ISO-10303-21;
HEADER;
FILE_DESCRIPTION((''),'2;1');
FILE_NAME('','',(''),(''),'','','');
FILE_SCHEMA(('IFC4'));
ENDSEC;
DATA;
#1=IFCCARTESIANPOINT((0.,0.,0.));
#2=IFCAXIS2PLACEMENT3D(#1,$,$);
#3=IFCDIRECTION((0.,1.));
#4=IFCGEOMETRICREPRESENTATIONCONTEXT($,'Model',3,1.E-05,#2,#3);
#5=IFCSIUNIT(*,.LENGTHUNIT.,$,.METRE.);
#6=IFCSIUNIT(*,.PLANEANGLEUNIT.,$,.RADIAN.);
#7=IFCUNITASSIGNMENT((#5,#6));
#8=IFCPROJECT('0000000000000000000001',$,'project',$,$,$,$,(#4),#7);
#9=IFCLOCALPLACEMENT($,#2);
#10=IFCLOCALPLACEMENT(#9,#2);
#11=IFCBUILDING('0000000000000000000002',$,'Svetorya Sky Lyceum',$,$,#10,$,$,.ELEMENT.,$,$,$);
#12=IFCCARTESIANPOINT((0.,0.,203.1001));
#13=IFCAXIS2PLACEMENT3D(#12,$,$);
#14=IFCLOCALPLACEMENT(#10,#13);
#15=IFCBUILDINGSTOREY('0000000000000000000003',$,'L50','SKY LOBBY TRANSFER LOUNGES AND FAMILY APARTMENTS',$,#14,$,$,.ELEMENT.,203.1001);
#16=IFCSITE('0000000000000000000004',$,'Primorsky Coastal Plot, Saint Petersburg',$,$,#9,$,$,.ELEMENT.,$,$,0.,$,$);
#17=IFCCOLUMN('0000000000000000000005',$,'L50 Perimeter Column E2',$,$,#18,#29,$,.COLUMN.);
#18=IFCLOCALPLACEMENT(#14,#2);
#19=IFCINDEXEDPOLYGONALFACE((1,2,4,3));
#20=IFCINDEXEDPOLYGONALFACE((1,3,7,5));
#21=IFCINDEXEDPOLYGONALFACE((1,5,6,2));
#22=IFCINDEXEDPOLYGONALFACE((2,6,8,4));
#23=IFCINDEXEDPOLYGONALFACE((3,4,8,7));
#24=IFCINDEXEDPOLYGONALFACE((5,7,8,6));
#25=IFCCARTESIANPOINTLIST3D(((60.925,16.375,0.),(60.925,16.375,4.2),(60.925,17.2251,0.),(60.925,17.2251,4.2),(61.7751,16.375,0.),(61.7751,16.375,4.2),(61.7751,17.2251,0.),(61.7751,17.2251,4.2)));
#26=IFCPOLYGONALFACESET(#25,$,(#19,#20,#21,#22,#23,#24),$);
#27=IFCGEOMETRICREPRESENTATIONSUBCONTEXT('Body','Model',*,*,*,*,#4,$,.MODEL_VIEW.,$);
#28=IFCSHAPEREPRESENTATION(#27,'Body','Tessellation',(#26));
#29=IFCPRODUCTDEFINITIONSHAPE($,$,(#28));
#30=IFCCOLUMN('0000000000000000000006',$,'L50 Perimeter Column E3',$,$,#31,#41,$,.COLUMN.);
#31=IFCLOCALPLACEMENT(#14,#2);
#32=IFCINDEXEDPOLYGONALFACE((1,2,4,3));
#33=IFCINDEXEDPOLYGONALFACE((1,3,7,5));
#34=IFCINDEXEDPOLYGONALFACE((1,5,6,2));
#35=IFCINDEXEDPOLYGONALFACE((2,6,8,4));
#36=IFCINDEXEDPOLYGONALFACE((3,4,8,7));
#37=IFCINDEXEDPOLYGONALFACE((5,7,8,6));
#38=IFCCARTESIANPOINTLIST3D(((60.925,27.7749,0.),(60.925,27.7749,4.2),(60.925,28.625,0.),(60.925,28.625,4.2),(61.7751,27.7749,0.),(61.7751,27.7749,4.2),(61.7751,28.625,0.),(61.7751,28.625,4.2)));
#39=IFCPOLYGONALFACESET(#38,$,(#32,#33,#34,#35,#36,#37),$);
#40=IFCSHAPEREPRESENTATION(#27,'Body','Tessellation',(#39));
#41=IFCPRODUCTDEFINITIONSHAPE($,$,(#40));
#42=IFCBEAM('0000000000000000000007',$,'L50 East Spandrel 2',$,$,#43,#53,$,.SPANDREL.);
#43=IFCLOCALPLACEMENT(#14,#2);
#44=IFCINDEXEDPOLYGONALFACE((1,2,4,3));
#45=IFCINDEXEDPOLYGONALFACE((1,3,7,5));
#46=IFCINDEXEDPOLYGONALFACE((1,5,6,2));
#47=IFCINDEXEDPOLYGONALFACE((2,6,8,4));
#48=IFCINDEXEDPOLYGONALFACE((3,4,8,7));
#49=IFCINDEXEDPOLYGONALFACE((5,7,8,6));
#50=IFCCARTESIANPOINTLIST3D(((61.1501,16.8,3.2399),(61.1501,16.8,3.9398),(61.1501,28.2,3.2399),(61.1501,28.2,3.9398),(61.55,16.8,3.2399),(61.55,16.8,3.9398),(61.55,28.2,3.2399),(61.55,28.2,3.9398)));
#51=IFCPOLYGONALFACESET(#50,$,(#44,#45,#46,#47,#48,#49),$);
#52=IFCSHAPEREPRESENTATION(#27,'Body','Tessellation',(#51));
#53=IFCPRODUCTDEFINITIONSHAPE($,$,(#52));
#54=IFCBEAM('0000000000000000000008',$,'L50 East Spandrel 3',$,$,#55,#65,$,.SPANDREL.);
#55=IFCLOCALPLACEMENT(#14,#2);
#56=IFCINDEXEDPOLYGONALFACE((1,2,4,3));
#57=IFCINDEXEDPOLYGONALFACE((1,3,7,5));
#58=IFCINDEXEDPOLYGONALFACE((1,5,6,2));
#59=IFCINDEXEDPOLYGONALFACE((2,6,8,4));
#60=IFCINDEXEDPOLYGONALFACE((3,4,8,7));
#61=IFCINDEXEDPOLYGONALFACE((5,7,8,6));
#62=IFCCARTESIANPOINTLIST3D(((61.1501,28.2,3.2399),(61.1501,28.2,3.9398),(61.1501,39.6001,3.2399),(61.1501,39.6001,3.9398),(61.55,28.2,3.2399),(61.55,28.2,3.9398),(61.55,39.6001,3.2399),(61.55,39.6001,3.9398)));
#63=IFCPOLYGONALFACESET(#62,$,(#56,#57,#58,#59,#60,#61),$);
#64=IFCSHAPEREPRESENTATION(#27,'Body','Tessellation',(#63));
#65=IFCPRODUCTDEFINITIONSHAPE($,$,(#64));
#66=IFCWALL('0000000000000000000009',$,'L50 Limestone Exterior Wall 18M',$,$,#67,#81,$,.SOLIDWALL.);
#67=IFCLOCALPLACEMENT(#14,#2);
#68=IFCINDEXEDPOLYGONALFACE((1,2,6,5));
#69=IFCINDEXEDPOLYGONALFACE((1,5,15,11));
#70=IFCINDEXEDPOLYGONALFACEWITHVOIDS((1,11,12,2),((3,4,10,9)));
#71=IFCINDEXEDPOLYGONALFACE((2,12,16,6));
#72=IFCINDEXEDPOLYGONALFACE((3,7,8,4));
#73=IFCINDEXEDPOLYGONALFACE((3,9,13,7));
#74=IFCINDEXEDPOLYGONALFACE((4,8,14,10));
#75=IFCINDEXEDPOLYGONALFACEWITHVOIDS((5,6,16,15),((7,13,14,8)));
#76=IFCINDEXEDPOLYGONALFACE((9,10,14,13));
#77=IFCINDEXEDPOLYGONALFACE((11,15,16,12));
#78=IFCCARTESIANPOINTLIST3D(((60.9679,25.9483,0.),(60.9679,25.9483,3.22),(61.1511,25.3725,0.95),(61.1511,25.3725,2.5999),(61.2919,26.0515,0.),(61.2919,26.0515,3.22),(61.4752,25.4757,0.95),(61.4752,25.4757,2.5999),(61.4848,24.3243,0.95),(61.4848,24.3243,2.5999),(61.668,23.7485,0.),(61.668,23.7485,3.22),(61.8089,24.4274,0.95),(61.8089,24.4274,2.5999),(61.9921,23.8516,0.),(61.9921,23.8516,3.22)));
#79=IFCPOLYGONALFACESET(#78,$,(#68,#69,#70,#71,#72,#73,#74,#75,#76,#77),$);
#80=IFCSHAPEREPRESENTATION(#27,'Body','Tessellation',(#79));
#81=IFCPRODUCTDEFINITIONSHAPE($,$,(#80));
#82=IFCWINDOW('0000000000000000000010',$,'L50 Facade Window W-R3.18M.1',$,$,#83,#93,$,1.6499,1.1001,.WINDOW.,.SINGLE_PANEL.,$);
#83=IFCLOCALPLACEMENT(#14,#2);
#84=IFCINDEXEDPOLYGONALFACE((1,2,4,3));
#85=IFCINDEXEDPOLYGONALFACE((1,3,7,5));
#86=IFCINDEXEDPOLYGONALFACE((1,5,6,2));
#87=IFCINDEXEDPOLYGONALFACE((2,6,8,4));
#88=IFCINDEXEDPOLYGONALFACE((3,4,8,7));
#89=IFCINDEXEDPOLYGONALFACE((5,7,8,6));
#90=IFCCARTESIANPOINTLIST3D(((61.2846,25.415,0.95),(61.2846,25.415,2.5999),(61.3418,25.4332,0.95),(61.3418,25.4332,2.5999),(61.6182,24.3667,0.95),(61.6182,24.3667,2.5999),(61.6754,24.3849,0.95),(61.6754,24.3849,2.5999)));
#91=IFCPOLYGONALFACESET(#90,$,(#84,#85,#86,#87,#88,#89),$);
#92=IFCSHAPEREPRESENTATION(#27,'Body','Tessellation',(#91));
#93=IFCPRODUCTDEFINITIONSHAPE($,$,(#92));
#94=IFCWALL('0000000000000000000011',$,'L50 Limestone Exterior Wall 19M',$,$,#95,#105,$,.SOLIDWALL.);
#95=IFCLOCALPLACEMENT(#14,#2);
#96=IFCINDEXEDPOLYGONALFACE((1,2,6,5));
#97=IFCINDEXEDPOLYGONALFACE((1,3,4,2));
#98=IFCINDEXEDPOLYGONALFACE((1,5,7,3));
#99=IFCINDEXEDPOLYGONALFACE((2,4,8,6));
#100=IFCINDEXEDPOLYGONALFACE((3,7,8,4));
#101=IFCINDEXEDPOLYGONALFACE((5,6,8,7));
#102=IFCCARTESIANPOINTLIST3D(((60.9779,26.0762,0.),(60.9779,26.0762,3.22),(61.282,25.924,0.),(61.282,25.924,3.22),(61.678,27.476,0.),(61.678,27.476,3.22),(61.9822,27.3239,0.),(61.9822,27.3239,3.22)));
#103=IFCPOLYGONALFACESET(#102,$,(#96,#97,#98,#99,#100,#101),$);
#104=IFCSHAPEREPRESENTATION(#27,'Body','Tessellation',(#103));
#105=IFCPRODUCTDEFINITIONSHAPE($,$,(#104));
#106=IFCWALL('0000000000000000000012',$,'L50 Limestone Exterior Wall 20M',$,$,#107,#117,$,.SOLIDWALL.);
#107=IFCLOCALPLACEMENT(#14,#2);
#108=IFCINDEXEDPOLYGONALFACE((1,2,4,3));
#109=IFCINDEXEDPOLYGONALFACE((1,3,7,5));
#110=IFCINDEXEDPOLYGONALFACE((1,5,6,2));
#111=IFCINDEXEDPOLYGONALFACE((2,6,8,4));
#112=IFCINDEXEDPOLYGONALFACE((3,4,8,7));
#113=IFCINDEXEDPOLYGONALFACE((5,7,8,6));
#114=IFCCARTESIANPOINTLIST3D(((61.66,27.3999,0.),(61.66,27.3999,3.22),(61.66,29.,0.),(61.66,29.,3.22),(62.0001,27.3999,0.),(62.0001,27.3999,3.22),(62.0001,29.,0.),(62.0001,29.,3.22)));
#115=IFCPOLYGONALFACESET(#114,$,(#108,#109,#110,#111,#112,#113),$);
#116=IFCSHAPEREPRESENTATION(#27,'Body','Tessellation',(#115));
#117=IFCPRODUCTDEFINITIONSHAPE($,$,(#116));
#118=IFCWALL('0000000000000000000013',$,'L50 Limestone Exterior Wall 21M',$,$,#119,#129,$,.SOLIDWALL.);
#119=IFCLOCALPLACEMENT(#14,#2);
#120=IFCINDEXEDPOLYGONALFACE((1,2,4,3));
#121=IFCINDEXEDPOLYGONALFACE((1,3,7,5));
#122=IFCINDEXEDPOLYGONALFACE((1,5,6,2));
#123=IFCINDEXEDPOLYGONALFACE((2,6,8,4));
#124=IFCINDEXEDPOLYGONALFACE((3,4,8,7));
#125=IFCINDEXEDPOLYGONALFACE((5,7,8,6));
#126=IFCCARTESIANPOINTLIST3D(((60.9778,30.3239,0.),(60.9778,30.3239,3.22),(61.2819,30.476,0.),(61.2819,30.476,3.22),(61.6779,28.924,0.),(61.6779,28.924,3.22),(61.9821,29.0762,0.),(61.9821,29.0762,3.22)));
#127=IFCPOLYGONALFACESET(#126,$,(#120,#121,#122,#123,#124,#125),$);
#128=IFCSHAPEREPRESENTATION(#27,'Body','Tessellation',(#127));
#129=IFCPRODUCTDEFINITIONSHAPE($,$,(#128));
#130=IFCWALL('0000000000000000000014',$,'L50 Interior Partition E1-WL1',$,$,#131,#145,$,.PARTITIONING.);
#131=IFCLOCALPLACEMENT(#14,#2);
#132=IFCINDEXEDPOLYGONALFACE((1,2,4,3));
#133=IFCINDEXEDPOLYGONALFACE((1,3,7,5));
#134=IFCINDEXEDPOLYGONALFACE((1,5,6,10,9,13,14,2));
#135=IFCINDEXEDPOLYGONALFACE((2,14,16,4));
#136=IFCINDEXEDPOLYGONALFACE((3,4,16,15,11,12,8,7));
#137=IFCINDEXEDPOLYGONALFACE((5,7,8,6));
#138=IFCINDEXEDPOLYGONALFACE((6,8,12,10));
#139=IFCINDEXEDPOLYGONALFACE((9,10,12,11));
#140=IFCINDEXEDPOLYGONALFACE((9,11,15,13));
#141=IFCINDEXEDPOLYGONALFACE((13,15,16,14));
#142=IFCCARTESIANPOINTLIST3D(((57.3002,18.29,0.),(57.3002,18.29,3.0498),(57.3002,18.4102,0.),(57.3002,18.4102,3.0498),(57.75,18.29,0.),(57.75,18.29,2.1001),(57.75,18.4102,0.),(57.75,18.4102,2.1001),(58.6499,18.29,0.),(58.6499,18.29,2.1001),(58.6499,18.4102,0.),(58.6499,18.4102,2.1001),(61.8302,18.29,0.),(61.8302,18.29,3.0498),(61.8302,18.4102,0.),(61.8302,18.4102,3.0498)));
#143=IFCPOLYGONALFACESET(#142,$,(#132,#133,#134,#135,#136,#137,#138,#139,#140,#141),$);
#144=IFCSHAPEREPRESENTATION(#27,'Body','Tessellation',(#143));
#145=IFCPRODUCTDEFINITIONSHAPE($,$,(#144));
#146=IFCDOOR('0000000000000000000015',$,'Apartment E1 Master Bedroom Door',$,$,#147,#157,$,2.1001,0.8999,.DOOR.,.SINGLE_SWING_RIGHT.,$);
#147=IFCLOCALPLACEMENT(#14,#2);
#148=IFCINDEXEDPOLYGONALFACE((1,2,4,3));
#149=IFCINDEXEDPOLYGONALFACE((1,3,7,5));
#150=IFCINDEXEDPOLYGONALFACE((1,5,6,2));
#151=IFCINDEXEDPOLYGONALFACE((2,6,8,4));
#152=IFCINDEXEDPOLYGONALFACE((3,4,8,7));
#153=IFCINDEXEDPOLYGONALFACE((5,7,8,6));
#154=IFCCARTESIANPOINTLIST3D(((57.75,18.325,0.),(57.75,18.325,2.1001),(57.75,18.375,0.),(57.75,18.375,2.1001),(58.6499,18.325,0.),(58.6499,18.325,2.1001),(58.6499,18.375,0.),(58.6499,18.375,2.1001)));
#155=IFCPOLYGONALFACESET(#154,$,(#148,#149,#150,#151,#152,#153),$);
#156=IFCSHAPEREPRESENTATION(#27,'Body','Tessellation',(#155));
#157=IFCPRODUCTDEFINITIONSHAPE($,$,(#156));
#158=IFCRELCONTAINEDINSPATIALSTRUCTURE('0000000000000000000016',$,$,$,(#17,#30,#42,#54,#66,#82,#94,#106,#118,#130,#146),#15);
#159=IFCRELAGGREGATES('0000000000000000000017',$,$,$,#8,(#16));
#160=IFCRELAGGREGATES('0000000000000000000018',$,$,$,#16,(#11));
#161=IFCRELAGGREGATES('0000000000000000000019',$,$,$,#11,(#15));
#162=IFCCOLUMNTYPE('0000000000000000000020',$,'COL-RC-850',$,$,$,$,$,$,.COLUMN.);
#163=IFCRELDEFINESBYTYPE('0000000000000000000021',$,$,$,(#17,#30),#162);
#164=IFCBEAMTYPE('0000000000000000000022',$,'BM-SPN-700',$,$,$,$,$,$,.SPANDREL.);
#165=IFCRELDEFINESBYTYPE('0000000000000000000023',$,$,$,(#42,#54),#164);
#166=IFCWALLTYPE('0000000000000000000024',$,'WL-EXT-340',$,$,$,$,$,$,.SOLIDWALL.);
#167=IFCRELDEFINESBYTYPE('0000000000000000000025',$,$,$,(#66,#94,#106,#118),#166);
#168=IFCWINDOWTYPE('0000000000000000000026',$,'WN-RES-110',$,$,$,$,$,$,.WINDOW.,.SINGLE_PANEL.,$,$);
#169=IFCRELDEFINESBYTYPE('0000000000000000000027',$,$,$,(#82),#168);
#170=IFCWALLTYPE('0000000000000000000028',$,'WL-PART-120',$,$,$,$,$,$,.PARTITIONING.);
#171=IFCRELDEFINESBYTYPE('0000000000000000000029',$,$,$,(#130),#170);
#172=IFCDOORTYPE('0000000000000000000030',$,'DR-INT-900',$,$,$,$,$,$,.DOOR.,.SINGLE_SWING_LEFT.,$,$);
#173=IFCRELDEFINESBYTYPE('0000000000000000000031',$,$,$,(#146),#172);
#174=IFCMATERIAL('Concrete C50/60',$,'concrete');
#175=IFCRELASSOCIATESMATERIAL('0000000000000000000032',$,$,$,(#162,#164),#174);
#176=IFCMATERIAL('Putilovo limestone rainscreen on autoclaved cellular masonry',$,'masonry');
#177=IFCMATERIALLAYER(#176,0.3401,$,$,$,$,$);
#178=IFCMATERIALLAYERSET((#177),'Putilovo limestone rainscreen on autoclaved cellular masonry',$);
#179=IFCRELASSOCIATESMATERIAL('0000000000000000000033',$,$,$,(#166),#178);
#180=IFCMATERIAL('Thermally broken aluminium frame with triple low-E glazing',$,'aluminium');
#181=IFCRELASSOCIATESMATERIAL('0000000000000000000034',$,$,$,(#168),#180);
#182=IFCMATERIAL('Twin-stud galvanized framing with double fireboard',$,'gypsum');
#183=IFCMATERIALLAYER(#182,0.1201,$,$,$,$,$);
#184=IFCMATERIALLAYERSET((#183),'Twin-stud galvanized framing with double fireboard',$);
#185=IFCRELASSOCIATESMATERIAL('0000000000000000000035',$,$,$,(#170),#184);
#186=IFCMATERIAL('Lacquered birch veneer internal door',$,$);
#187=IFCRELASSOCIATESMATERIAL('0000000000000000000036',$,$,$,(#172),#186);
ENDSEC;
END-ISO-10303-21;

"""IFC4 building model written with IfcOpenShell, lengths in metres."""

from ifc_helpers import new_model, si_unit, direction, frame, frame_2d, origin, origin_2d, place, context, subcontext, project, spatial, rectangle, extrude, material, layer, layer_set, material_profile, profile_set, type_object, element, fill, save


model = new_model("IFC4")

# Units and contexts
model_context = context("Model", 3, precision=1e-05, world=origin(), true_north=direction((0.0, 1.0)))
body_context = subcontext(model_context, "Body", "Model", "MODEL_VIEW")
ifc_project = project(units=[si_unit("LENGTHUNIT", "METRE"), si_unit("PLANEANGLEUNIT", "RADIAN")], contexts=[model_context])

# Site, building, storey
site_placement = place(None, origin())
site = spatial("IfcSite", under=ifc_project, at=site_placement, Name="Primorsky Coastal Plot, Saint Petersburg", CompositionType="ELEMENT", RefElevation=0.0)
building_placement = place(site_placement, origin())
building = spatial("IfcBuilding", under=site, at=building_placement, Name="Svetorya Sky Lyceum", CompositionType="ELEMENT")
storey_placement = place(building_placement, frame((0.0, 0.0, 203.1001)))
storey = spatial("IfcBuildingStorey", under=building, at=storey_placement, Name="L50", Description="SKY LOBBY TRANSFER LOUNGES AND FAMILY APARTMENTS", CompositionType="ELEMENT", Elevation=203.1001)

# Columns
ifc_material_1 = material(Name="Concrete C50/60", Category="concrete")
ifc_material_profile_1 = material_profile(ifc_material_1, rectangle(XDim=0.8501, YDim=0.8501, at=origin_2d()), Name="RC COL 850x850")
ifc_profile_set_1 = profile_set([ifc_material_profile_1], Name="Concrete C50/60")
column_type = type_object("IfcColumnType", Name="COL-RC-850", PredefinedType="COLUMN", material=ifc_profile_set_1)
for number, where, z_axis, x_axis, name in (
    (1, (61.3501, 16.8, 0.0), (0.0, 0.0, 1.0), (1.0, 0.0, 0.0), "L50 Perimeter Column E2"),
    (2, (61.3501, 28.2, 0.0), (0.0, 0.0, 1.0), (1.0, 0.0, 0.0), "L50 Perimeter Column E3"),
):
    element("IfcColumn", number, at=place(storey_placement, frame(where, z_axis=z_axis, x_axis=x_axis)), inside=storey, type_object=column_type, Name=name, PredefinedType="COLUMN", context=body_context, shape_type="SweptSolid", body=[
        extrude(rectangle(XDim=0.8501, YDim=0.8501, at=origin_2d()), origin(), (0.0, 0.0, 1.0), 4.2),
    ])

# Beams
ifc_material_profile_2 = material_profile(ifc_material_1, rectangle(XDim=0.3999, YDim=0.7, at=origin_2d()), Name="RC SPANDREL 400x700")
ifc_profile_set_2 = profile_set([ifc_material_profile_2], Name="Concrete C50/60")
beam_type = type_object("IfcBeamType", Name="BM-SPN-700", PredefinedType="SPANDREL", material=ifc_profile_set_2)
beam_1_placement = place(storey_placement, frame((61.3501, 16.8, 3.5898), z_axis=(0.0, 1.0, 0.0), x_axis=(-1.0, 0.0, 0.0)))
element("IfcBeam", 3, at=beam_1_placement, inside=storey, type_object=beam_type, Name="L50 East Spandrel 2", PredefinedType="SPANDREL", context=body_context, shape_type="SweptSolid", body=[
    extrude(rectangle(XDim=0.3999, YDim=0.7, at=origin_2d()), origin(), (0.0, 0.0, 1.0), 11.3999),
])
beam_2_placement = place(storey_placement, frame((61.3501, 28.2, 3.5898), z_axis=(0.0, 1.0, 0.0), x_axis=(-1.0, 0.0, 0.0)))
element("IfcBeam", 4, at=beam_2_placement, inside=storey, type_object=beam_type, Name="L50 East Spandrel 3", PredefinedType="SPANDREL", context=body_context, shape_type="SweptSolid", body=[
    extrude(rectangle(XDim=0.3999, YDim=0.7, at=origin_2d()), origin(), (0.0, 0.0, 1.0), 11.4001),
])

# Wall, opening, window
ifc_material_2 = material(Name="Putilovo limestone rainscreen on autoclaved cellular masonry", Category="masonry")
ifc_layer_1 = layer(ifc_material_2, 0.3401)
ifc_layer_set_1 = layer_set([ifc_layer_1], Name="Putilovo limestone rainscreen on autoclaved cellular masonry")
wall_type_1 = type_object("IfcWallType", Name="WL-EXT-340", PredefinedType="SOLIDWALL", material=ifc_layer_set_1)
wall_1_placement = place(storey_placement, frame((61.8301, 23.8, 0.0), z_axis=(0.0, 0.0, 1.0), x_axis=(-0.303287, 0.952899, 0.0)))
wall_1 = element("IfcWall", 5, at=wall_1_placement, inside=storey, type_object=wall_type_1, Name="L50 Limestone Exterior Wall 18M", PredefinedType="SOLIDWALL", context=body_context, shape_type="SweptSolid", body=[
    extrude(rectangle(XDim=2.3086, YDim=0.3401, at=frame_2d((1.1543, 0.0))), origin(), (0.0, 0.0, 1.0), 3.22),
])
opening_1_placement = place(wall_1_placement, frame((0.6042, 0.0, 0.95)))
opening_1 = element("IfcOpeningElement", 6, at=opening_1_placement, cuts=wall_1, PredefinedType="OPENING", context=body_context, shape_type="SweptSolid", body=[
    extrude(rectangle(XDim=1.1001, YDim=1.6499, at=frame_2d((0.55, 0.825))), frame((0.0, 0.1799, 0.0), z_axis=(0.0, -1.0, 0.0), x_axis=(1.0, 0.0, 0.0)), (0.0, 0.0, 1.0), 0.3601),
])
ifc_material_3 = material(Name="Thermally broken aluminium frame with triple low-E glazing", Category="aluminium")
window_type = type_object("IfcWindowType", Name="WN-RES-110", PartitioningType="SINGLE_PANEL", PredefinedType="WINDOW", material=ifc_material_3)
window_placement = place(opening_1_placement, origin())
window = element("IfcWindow", 7, at=window_placement, inside=storey, type_object=window_type, Name="L50 Facade Window W-R3.18M.1", OverallHeight=1.6499, OverallWidth=1.1001, PartitioningType="SINGLE_PANEL", PredefinedType="WINDOW", context=body_context, shape_type="SweptSolid", body=[
    extrude(rectangle(XDim=1.1001, YDim=1.6499, at=frame_2d((0.55, 0.825))), frame((0.0, 0.03, 0.0), z_axis=(0.0, -1.0, 0.0), x_axis=(1.0, 0.0, 0.0)), (0.0, 0.0, 1.0), 0.0601),
])
fill(opening_1, window)

# Walls
wall_2_placement = place(storey_placement, frame((61.1299, 26.0, 0.0), z_axis=(0.0, 0.0, 1.0), x_axis=(0.447338, 0.894365, 0.0)))
element("IfcWall", 8, at=wall_2_placement, inside=storey, type_object=wall_type_1, Name="L50 Limestone Exterior Wall 19M", PredefinedType="SOLIDWALL", context=body_context, shape_type="SweptSolid", body=[
    extrude(rectangle(XDim=1.5652, YDim=0.3401, at=frame_2d((0.7827, 0.0))), origin(), (0.0, 0.0, 1.0), 3.22),
])
wall_3_placement = place(storey_placement, frame((61.8301, 27.3999, 0.0), z_axis=(0.0, 0.0, 1.0), x_axis=(0.0, 1.0, 0.0)))
element("IfcWall", 9, at=wall_3_placement, inside=storey, type_object=wall_type_1, Name="L50 Limestone Exterior Wall 20M", PredefinedType="SOLIDWALL", context=body_context, shape_type="SweptSolid", body=[
    extrude(rectangle(XDim=1.6001, YDim=0.3401, at=frame_2d((0.8, 0.0))), origin(), (0.0, 0.0, 1.0), 3.22),
])
wall_4_placement = place(storey_placement, frame((61.8301, 29.0, 0.0), z_axis=(0.0, 0.0, 1.0), x_axis=(-0.447338, 0.894365, 0.0)))
element("IfcWall", 10, at=wall_4_placement, inside=storey, type_object=wall_type_1, Name="L50 Limestone Exterior Wall 21M", PredefinedType="SOLIDWALL", context=body_context, shape_type="SweptSolid", body=[
    extrude(rectangle(XDim=1.5652, YDim=0.3401, at=frame_2d((0.7827, 0.0))), origin(), (0.0, 0.0, 1.0), 3.22),
])

# Wall, opening, door
ifc_material_4 = material(Name="Twin-stud galvanized framing with double fireboard", Category="gypsum")
ifc_layer_2 = layer(ifc_material_4, 0.1201)
ifc_layer_set_2 = layer_set([ifc_layer_2], Name="Twin-stud galvanized framing with double fireboard")
wall_type_2 = type_object("IfcWallType", Name="WL-PART-120", PredefinedType="PARTITIONING", material=ifc_layer_set_2)
wall_5_placement = place(storey_placement, frame((57.3, 18.3501, 0.0), z_axis=(0.0, 0.0, 1.0), x_axis=(1.0, 0.0, 0.0)))
wall_5 = element("IfcWall", 11, at=wall_5_placement, inside=storey, type_object=wall_type_2, Name="L50 Interior Partition E1-WL1", PredefinedType="PARTITIONING", context=body_context, shape_type="SweptSolid", body=[
    extrude(rectangle(XDim=4.53, YDim=0.1201, at=frame_2d((2.2651, 0.0))), origin(), (0.0, 0.0, 1.0), 3.0498),
])
opening_2_placement = place(wall_5_placement, frame((0.45, 0.0, 0.0)))
opening_2 = element("IfcOpeningElement", 12, at=opening_2_placement, cuts=wall_5, PredefinedType="OPENING", context=body_context, shape_type="SweptSolid", body=[
    extrude(rectangle(XDim=0.8999, YDim=2.1001, at=frame_2d((0.45, 1.05))), frame((0.0, 0.0701, 0.0), z_axis=(0.0, -1.0, 0.0), x_axis=(1.0, 0.0, 0.0)), (0.0, 0.0, 1.0), 0.1401),
])
ifc_material_5 = material(Name="Lacquered birch veneer internal door")
door_type = type_object("IfcDoorType", Name="DR-INT-900", OperationType="SINGLE_SWING_LEFT", PredefinedType="DOOR", material=ifc_material_5)
door_1_placement = place(opening_2_placement, origin())
door_1 = element("IfcDoor", 13, at=door_1_placement, inside=storey, type_object=door_type, Name="Apartment E1 Master Bedroom Door", OperationType="SINGLE_SWING_RIGHT", OverallHeight=2.1001, OverallWidth=0.8999, PredefinedType="DOOR", context=body_context, shape_type="SweptSolid", body=[
    extrude(rectangle(XDim=0.8999, YDim=2.1001, at=frame_2d((0.45, 1.05))), frame((0.0, 0.0249, 0.0), z_axis=(0.0, -1.0, 0.0), x_axis=(1.0, 0.0, 0.0)), (0.0, 0.0, 1.0), 0.05),
])
fill(opening_2, door_1)

save(model, "model.ifc")
